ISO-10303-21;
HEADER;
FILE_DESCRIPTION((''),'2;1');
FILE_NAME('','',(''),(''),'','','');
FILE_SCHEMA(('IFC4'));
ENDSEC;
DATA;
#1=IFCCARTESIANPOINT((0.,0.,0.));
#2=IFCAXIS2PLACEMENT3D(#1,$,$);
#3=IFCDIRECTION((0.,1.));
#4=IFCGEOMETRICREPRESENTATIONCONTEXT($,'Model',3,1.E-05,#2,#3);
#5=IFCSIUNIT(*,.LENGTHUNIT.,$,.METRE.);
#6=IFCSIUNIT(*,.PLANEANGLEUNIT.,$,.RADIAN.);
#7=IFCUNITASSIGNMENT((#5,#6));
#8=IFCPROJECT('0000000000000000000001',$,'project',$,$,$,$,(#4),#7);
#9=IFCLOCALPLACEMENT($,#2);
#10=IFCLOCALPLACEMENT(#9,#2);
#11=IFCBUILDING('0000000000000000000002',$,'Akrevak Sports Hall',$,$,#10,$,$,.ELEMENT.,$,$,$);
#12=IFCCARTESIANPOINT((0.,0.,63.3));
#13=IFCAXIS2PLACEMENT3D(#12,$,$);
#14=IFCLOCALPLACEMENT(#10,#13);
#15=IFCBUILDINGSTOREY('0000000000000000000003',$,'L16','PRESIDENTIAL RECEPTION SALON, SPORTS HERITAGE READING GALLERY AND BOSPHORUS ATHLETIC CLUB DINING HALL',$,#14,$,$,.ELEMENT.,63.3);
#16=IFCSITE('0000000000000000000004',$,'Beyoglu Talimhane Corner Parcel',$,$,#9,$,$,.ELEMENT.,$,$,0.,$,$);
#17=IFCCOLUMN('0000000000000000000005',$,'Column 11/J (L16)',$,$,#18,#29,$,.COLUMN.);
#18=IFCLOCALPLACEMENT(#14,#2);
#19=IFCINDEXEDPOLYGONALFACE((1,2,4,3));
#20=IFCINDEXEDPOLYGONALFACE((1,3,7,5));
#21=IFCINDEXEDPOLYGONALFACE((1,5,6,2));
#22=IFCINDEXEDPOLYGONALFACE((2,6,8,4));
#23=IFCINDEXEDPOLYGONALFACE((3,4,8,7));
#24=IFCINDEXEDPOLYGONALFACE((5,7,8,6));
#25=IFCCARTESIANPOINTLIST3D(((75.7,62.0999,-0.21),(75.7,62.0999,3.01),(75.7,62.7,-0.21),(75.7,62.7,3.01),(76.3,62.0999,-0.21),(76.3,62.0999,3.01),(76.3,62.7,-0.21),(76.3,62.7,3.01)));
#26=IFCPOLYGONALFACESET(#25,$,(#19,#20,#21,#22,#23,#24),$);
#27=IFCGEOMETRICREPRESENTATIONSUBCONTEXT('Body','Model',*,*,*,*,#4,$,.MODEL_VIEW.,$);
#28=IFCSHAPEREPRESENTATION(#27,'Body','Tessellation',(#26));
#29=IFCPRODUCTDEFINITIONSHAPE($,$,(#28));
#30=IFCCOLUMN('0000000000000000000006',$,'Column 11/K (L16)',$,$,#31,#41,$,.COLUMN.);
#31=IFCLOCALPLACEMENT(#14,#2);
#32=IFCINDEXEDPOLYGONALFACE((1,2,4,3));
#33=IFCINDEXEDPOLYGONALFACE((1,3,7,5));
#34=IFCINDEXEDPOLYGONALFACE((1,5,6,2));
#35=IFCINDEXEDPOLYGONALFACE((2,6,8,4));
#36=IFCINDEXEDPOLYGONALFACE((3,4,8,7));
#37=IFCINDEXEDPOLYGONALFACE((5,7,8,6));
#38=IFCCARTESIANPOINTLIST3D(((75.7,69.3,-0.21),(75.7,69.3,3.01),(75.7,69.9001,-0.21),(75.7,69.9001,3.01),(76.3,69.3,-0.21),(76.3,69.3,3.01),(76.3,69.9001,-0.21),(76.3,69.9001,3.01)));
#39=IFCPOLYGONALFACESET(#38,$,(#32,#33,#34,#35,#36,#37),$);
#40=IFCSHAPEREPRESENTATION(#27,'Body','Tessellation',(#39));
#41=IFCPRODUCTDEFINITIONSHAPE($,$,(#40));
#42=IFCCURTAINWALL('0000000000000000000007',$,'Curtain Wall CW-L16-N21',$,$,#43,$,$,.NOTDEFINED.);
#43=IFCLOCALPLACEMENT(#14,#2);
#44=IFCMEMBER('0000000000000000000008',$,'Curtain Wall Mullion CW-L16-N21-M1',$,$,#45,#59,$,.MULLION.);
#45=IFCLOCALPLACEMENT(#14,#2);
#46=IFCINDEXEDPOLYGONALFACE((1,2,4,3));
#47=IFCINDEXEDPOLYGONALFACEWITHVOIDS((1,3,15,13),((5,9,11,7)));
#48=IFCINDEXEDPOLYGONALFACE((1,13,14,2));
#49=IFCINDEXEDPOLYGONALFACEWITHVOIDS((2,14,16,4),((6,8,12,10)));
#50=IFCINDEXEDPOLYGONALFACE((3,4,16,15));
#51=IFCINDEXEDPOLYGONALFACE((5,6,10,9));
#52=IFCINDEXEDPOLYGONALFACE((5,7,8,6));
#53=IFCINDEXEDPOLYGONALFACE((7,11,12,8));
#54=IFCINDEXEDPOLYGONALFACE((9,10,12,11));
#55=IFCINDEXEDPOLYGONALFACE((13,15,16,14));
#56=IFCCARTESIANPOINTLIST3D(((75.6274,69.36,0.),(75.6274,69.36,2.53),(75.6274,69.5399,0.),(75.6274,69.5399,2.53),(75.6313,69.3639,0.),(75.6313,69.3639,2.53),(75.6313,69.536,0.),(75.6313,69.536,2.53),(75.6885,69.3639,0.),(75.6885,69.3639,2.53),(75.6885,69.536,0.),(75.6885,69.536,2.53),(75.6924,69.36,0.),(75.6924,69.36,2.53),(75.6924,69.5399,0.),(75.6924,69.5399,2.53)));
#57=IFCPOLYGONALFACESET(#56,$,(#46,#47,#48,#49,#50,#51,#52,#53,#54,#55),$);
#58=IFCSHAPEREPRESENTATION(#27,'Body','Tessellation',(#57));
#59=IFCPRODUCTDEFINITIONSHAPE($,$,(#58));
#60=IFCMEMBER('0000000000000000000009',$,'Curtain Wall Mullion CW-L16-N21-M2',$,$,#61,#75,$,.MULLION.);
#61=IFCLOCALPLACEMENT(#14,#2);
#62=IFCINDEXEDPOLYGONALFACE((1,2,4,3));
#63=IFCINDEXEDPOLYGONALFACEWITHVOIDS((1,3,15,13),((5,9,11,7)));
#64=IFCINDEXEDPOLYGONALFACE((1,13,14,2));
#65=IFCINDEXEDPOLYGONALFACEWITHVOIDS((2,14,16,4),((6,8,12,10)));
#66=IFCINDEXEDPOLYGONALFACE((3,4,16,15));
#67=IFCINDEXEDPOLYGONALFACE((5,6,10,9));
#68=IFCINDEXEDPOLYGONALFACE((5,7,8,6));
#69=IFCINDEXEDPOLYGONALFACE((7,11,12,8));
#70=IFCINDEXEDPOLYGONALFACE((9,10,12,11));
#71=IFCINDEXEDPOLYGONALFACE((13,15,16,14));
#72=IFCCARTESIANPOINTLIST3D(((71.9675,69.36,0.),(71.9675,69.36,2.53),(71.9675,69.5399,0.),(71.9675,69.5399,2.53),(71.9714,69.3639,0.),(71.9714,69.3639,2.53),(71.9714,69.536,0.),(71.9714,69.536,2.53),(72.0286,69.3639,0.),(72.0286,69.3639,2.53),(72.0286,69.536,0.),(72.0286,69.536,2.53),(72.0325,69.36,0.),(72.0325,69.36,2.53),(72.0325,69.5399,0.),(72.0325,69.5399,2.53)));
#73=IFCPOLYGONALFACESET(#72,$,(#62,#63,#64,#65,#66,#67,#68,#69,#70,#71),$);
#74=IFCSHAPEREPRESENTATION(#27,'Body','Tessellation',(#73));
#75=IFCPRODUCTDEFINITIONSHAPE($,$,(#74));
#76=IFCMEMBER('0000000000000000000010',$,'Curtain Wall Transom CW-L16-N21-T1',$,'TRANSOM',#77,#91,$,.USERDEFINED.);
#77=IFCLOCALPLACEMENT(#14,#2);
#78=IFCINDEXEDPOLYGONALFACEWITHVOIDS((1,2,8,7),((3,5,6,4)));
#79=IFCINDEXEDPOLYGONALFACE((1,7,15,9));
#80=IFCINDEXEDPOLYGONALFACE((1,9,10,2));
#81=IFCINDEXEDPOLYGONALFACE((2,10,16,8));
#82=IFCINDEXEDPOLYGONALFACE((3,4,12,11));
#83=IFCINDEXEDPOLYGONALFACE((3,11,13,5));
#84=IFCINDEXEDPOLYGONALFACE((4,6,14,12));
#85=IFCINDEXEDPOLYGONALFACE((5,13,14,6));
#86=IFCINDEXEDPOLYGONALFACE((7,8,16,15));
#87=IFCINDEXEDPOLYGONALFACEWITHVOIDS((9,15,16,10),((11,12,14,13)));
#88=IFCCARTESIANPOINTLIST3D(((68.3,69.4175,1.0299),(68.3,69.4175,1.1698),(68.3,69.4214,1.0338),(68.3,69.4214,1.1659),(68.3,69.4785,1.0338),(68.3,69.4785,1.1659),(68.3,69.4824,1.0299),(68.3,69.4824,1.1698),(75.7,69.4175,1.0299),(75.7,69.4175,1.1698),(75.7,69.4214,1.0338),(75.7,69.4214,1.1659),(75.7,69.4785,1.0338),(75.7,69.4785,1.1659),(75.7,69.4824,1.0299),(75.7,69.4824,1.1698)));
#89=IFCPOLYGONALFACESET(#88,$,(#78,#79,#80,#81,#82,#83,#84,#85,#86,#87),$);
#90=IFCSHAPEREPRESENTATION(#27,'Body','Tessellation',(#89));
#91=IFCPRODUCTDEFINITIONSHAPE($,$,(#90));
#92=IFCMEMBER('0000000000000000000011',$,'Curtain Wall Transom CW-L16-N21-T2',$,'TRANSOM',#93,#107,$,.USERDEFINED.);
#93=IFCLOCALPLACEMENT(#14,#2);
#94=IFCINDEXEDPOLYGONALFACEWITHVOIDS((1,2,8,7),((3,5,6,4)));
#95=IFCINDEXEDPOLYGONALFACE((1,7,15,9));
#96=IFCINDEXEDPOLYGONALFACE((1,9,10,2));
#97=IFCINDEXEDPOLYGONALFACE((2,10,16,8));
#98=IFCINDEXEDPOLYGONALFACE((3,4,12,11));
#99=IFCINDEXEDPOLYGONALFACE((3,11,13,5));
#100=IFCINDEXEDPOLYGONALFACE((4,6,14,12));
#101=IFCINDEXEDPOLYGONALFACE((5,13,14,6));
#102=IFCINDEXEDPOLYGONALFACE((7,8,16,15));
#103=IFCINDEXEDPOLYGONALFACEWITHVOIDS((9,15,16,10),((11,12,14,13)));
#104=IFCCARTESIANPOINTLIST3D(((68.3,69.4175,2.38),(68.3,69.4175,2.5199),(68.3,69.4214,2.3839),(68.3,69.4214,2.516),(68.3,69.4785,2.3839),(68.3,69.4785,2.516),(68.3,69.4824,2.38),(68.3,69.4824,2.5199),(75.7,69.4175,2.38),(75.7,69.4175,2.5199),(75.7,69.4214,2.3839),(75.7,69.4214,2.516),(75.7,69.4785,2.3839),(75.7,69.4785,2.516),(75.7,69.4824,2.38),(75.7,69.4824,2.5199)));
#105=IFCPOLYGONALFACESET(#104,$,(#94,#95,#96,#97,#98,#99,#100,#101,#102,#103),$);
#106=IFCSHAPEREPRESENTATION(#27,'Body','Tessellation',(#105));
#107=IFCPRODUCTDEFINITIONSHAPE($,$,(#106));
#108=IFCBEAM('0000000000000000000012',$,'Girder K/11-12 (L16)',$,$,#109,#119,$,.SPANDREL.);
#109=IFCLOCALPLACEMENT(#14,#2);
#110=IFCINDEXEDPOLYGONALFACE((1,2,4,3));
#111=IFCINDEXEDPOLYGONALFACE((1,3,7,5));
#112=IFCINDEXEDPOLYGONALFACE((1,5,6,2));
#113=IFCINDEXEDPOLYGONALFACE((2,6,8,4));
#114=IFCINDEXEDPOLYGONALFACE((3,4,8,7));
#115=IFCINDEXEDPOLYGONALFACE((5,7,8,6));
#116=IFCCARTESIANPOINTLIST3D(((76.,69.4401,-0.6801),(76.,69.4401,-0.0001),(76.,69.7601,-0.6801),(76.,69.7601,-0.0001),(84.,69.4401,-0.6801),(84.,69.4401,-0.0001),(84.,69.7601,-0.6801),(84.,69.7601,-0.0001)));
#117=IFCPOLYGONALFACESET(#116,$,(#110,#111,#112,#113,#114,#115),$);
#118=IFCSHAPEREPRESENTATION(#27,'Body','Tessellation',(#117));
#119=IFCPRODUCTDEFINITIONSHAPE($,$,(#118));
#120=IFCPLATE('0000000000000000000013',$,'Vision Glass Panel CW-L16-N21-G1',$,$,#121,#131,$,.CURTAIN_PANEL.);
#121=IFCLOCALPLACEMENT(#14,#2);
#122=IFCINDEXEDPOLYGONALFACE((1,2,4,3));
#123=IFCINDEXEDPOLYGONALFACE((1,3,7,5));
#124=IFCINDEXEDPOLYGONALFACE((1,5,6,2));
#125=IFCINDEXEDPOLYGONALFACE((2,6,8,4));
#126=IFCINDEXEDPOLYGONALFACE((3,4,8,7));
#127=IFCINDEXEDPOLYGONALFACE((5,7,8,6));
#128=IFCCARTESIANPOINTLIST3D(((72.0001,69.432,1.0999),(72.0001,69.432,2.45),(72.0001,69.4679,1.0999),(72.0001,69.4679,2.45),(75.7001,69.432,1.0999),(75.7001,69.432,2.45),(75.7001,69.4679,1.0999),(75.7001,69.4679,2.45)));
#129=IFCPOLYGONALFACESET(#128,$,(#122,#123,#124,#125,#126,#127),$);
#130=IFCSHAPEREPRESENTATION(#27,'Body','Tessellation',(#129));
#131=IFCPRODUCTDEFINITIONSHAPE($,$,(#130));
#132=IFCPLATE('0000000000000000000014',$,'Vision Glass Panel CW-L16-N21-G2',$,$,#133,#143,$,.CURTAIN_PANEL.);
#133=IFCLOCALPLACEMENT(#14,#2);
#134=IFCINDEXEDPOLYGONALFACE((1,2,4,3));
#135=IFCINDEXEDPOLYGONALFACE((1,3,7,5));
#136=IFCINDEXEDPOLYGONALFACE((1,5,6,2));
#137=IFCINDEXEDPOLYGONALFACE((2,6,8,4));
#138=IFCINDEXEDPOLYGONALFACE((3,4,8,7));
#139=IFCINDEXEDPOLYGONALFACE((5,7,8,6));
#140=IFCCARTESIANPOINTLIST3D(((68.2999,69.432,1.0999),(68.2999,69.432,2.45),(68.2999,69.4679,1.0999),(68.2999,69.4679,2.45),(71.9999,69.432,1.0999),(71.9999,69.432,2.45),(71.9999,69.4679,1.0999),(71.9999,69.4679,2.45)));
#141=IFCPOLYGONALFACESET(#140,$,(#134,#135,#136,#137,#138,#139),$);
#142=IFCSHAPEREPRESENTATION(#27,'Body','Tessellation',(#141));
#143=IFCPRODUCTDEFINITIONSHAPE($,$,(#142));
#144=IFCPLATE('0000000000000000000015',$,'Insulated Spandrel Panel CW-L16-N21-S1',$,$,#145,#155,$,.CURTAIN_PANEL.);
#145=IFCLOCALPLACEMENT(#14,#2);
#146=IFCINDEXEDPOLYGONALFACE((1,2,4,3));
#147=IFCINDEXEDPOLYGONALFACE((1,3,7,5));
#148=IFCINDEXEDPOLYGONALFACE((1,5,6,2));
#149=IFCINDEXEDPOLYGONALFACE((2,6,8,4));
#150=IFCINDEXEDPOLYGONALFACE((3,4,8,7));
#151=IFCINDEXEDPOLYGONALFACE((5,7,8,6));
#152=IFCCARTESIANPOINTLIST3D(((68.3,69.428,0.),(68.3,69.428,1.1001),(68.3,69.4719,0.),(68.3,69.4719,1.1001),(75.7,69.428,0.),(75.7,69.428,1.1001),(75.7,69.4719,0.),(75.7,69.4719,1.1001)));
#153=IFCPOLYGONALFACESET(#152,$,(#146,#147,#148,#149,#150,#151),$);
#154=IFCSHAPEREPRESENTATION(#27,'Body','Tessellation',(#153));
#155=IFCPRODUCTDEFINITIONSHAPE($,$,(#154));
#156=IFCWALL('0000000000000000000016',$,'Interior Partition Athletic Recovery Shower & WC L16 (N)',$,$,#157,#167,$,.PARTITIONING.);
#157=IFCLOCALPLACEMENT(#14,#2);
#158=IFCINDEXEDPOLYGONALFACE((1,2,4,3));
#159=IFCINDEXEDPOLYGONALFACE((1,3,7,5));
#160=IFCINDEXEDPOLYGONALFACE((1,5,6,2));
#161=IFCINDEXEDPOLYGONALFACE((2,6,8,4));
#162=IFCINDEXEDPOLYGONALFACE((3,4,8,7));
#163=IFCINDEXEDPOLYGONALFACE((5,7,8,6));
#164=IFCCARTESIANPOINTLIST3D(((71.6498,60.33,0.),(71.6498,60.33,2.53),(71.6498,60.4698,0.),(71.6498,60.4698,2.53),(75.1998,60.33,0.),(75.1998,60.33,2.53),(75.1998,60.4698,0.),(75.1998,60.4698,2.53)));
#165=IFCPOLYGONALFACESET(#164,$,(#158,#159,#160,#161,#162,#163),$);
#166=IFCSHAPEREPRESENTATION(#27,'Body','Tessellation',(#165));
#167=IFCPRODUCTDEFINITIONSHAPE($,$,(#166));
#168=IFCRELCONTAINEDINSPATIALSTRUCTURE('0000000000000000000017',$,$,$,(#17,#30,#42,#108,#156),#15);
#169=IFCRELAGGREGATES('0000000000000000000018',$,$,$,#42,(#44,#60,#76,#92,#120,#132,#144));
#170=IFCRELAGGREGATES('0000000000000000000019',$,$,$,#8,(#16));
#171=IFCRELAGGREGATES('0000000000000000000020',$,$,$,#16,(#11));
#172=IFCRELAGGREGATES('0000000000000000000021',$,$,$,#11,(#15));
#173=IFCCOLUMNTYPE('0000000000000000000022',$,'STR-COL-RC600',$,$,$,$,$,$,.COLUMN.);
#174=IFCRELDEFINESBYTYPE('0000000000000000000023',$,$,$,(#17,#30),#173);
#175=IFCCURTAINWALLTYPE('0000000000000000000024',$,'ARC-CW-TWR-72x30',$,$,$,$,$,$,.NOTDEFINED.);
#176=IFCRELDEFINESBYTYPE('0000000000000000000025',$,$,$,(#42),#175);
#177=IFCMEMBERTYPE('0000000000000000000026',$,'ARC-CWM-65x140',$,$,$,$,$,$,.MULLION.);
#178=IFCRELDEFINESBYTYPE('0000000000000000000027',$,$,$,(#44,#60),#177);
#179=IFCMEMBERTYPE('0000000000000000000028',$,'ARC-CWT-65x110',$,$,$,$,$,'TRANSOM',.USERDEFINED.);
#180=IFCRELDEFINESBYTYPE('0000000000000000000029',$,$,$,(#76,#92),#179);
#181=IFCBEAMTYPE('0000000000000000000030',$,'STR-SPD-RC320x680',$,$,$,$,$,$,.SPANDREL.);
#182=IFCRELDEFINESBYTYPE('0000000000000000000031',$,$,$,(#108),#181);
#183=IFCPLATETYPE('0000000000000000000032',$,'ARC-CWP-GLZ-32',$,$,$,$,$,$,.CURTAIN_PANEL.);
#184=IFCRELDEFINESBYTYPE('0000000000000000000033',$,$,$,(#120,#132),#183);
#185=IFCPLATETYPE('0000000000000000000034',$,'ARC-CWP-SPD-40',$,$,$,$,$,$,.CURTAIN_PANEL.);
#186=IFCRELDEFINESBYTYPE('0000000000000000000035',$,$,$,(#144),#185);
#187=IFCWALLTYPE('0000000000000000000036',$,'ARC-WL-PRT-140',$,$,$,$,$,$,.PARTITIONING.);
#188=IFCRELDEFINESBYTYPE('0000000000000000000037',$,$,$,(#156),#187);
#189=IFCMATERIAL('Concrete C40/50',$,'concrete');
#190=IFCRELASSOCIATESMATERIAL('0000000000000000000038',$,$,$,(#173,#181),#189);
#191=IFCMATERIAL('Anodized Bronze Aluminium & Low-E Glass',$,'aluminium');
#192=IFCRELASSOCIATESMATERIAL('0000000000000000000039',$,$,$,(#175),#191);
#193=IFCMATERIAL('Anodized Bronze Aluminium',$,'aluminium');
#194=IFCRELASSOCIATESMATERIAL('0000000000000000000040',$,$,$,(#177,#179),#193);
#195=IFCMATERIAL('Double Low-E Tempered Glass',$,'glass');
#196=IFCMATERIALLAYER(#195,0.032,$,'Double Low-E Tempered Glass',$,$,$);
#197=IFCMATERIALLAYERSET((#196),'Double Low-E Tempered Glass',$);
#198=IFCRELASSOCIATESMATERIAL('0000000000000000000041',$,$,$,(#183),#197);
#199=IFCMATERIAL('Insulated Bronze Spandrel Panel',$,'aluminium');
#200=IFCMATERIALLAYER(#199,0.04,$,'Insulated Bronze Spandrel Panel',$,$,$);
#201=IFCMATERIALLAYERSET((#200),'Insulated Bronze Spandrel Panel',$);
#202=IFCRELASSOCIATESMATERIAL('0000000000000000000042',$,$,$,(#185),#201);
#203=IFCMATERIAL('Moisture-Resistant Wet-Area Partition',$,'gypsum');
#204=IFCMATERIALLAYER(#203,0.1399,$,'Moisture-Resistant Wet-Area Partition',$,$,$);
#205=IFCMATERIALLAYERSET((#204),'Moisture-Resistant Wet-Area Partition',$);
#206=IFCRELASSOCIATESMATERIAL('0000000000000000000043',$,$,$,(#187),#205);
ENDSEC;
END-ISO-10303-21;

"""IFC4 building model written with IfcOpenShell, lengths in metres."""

from ifc_helpers import new_model, si_unit, direction, frame, frame_2d, origin, origin_2d, place, context, subcontext, project, spatial, rectangle, hollow_rectangle, extrude, material, layer, layer_set, material_profile, profile_set, type_object, element, aggregate, save


model = new_model("IFC4")

# Units and contexts
model_context = context("Model", 3, precision=1e-05, world=origin(), true_north=direction((0.0, 1.0)))
body_context = subcontext(model_context, "Body", "Model", "MODEL_VIEW")
ifc_project = project(units=[si_unit("LENGTHUNIT", "METRE"), si_unit("PLANEANGLEUNIT", "RADIAN")], contexts=[model_context])

# Site, building, storey
site_placement = place(None, origin())
site = spatial("IfcSite", under=ifc_project, at=site_placement, Name="Beyoglu Talimhane Corner Parcel", CompositionType="ELEMENT", RefElevation=0.0)
building_placement = place(site_placement, origin())
building = spatial("IfcBuilding", under=site, at=building_placement, Name="Akrevak Sports Hall", CompositionType="ELEMENT")
storey_placement = place(building_placement, frame((0.0, 0.0, 63.3)))
storey = spatial("IfcBuildingStorey", under=building, at=storey_placement, Name="L16", Description="PRESIDENTIAL RECEPTION SALON, SPORTS HERITAGE READING GALLERY AND BOSPHORUS ATHLETIC CLUB DINING HALL", CompositionType="ELEMENT", Elevation=63.3)

# Columns
ifc_material_1 = material(Name="Concrete C40/50", Category="concrete")
ifc_material_profile_1 = material_profile(ifc_material_1, rectangle(XDim=0.6001, YDim=0.6001, at=origin_2d()), Name="RC 600x600", Category="concrete")
ifc_profile_set_1 = profile_set([ifc_material_profile_1], Name="Concrete C40/50")
column_type = type_object("IfcColumnType", Name="STR-COL-RC600", PredefinedType="COLUMN", material=ifc_profile_set_1)
for number, where, z_axis, x_axis, name in (
    (1, (76.0, 62.3999, -0.21), (0.0, 0.0, 1.0), (1.0, 0.0, 0.0), "Column 11/J (L16)"),
    (2, (76.0, 69.6001, -0.21), (0.0, 0.0, 1.0), (1.0, 0.0, 0.0), "Column 11/K (L16)"),
):
    element("IfcColumn", number, at=place(storey_placement, frame(where, z_axis=z_axis, x_axis=x_axis)), inside=storey, type_object=column_type, Name=name, PredefinedType="COLUMN", context=body_context, shape_type="SweptSolid", body=[
        extrude(rectangle(XDim=0.6001, YDim=0.6001, at=origin_2d()), origin(), (0.0, 0.0, 1.0), 3.22),
    ])

# Curtain wall, members
ifc_material_2 = material(Name="Anodized Bronze Aluminium & Low-E Glass", Category="aluminium")
curtain_wall_type = type_object("IfcCurtainWallType", Name="ARC-CW-TWR-72x30", PredefinedType="NOTDEFINED", material=ifc_material_2)
curtain_wall_placement = place(storey_placement, origin())
curtain_wall = element("IfcCurtainWall", 3, at=curtain_wall_placement, inside=storey, type_object=curtain_wall_type, Name="Curtain Wall CW-L16-N21", PredefinedType="NOTDEFINED")
ifc_material_3 = material(Name="Anodized Bronze Aluminium", Category="aluminium")
ifc_material_profile_2 = material_profile(ifc_material_3, hollow_rectangle(XDim=0.0649, YDim=0.1799, WallThickness=0.0039, at=origin_2d()), Name="CWM 65x180", Category="aluminium")
ifc_profile_set_2 = profile_set([ifc_material_profile_2], Name="Anodized Bronze Aluminium")
member_type_1 = type_object("IfcMemberType", Name="ARC-CWM-65x140", PredefinedType="MULLION", material=ifc_profile_set_2)
member_1_placement = place(storey_placement, frame((75.6599, 69.45, 0.0), z_axis=(0.0, 0.0, 1.0), x_axis=(-1.0, 0.0, 0.0)))
member_1 = element("IfcMember", 4, at=member_1_placement, type_object=member_type_1, Name="Curtain Wall Mullion CW-L16-N21-M1", PredefinedType="MULLION", context=body_context, shape_type="SweptSolid", body=[
    extrude(hollow_rectangle(XDim=0.0649, YDim=0.1799, WallThickness=0.0039, at=origin_2d()), origin(), (0.0, 0.0, 1.0), 2.53),
])
member_2_placement = place(storey_placement, frame((72.0, 69.45, 0.0), z_axis=(0.0, 0.0, 1.0), x_axis=(-1.0, 0.0, 0.0)))
member_2 = element("IfcMember", 5, at=member_2_placement, type_object=member_type_1, Name="Curtain Wall Mullion CW-L16-N21-M2", PredefinedType="MULLION", context=body_context, shape_type="SweptSolid", body=[
    extrude(hollow_rectangle(XDim=0.0649, YDim=0.1799, WallThickness=0.0039, at=origin_2d()), origin(), (0.0, 0.0, 1.0), 2.53),
])
ifc_material_profile_3 = material_profile(ifc_material_3, hollow_rectangle(XDim=0.0649, YDim=0.1399, WallThickness=0.0039, at=origin_2d()), Name="CWT 65x140", Category="aluminium")
ifc_profile_set_3 = profile_set([ifc_material_profile_3], Name="Anodized Bronze Aluminium")
member_type_2 = type_object("IfcMemberType", Name="ARC-CWT-65x110", ElementType="TRANSOM", PredefinedType="USERDEFINED", material=ifc_profile_set_3)
member_3_placement = place(storey_placement, frame((75.7, 69.45, 1.0999), z_axis=(-1.0, 0.0, 0.0), x_axis=(0.0, -1.0, 0.0)))
member_3 = element("IfcMember", 6, at=member_3_placement, type_object=member_type_2, Name="Curtain Wall Transom CW-L16-N21-T1", ObjectType="TRANSOM", PredefinedType="USERDEFINED", context=body_context, shape_type="SweptSolid", body=[
    extrude(hollow_rectangle(XDim=0.0649, YDim=0.1399, WallThickness=0.0039, at=origin_2d()), origin(), (0.0, 0.0, 1.0), 7.3999),
])
member_4_placement = place(storey_placement, frame((75.7, 69.45, 2.45), z_axis=(-1.0, 0.0, 0.0), x_axis=(0.0, -1.0, 0.0)))
member_4 = element("IfcMember", 7, at=member_4_placement, type_object=member_type_2, Name="Curtain Wall Transom CW-L16-N21-T2", ObjectType="TRANSOM", PredefinedType="USERDEFINED", context=body_context, shape_type="SweptSolid", body=[
    extrude(hollow_rectangle(XDim=0.0649, YDim=0.1399, WallThickness=0.0039, at=origin_2d()), origin(), (0.0, 0.0, 1.0), 7.3999),
])

# Beam
ifc_material_profile_4 = material_profile(ifc_material_1, rectangle(XDim=0.3201, YDim=0.6799, at=origin_2d()), Name="SPD 320x680", Category="concrete")
ifc_profile_set_4 = profile_set([ifc_material_profile_4], Name="Concrete C40/50")
beam_type = type_object("IfcBeamType", Name="STR-SPD-RC320x680", PredefinedType="SPANDREL", material=ifc_profile_set_4)
beam_placement = place(storey_placement, frame((76.0, 69.6001, -0.3401), z_axis=(1.0, 0.0, 0.0), x_axis=(0.0, 1.0, 0.0)))
element("IfcBeam", 8, at=beam_placement, inside=storey, type_object=beam_type, Name="Girder K/11-12 (L16)", PredefinedType="SPANDREL", context=body_context, shape_type="SweptSolid", body=[
    extrude(rectangle(XDim=0.3201, YDim=0.6799, at=origin_2d()), origin(), (0.0, 0.0, 1.0), 8.0),
])

# Plates
ifc_material_4 = material(Name="Double Low-E Tempered Glass", Category="glass")
ifc_layer_1 = layer(ifc_material_4, 0.032, Name="Double Low-E Tempered Glass")
ifc_layer_set_1 = layer_set([ifc_layer_1], Name="Double Low-E Tempered Glass")
plate_type_1 = type_object("IfcPlateType", Name="ARC-CWP-GLZ-32", PredefinedType="CURTAIN_PANEL", material=ifc_layer_set_1)
plate_1_placement = place(storey_placement, frame((73.8501, 69.45, 1.0999), z_axis=(0.0, 0.0, 1.0), x_axis=(-1.0, 0.0, 0.0)))
plate_1 = element("IfcPlate", 9, at=plate_1_placement, type_object=plate_type_1, Name="Vision Glass Panel CW-L16-N21-G1", PredefinedType="CURTAIN_PANEL", context=body_context, shape_type="SweptSolid", body=[
    extrude(rectangle(XDim=3.7, YDim=0.0359, at=origin_2d()), origin(), (0.0, 0.0, 1.0), 1.3501),
])
plate_2_placement = place(storey_placement, frame((70.1499, 69.45, 1.0999), z_axis=(0.0, 0.0, 1.0), x_axis=(-1.0, 0.0, 0.0)))
plate_2 = element("IfcPlate", 10, at=plate_2_placement, type_object=plate_type_1, Name="Vision Glass Panel CW-L16-N21-G2", PredefinedType="CURTAIN_PANEL", context=body_context, shape_type="SweptSolid", body=[
    extrude(rectangle(XDim=3.7, YDim=0.0359, at=origin_2d()), origin(), (0.0, 0.0, 1.0), 1.3501),
])
ifc_material_5 = material(Name="Insulated Bronze Spandrel Panel", Category="aluminium")
ifc_layer_2 = layer(ifc_material_5, 0.04, Name="Insulated Bronze Spandrel Panel")
ifc_layer_set_2 = layer_set([ifc_layer_2], Name="Insulated Bronze Spandrel Panel")
plate_type_2 = type_object("IfcPlateType", Name="ARC-CWP-SPD-40", PredefinedType="CURTAIN_PANEL", material=ifc_layer_set_2)
plate_3_placement = place(storey_placement, frame((72.0, 69.45, 0.0), z_axis=(0.0, 0.0, 1.0), x_axis=(-1.0, 0.0, 0.0)))
plate_3 = element("IfcPlate", 11, at=plate_3_placement, type_object=plate_type_2, Name="Insulated Spandrel Panel CW-L16-N21-S1", PredefinedType="CURTAIN_PANEL", context=body_context, shape_type="SweptSolid", body=[
    extrude(rectangle(XDim=7.3999, YDim=0.0439, at=origin_2d()), origin(), (0.0, 0.0, 1.0), 1.1001),
])
aggregate(curtain_wall, [member_1, member_2, member_3, member_4, plate_1, plate_2, plate_3])

# Wall
ifc_material_6 = material(Name="Moisture-Resistant Wet-Area Partition", Category="gypsum")
ifc_layer_3 = layer(ifc_material_6, 0.1399, Name="Moisture-Resistant Wet-Area Partition")
ifc_layer_set_3 = layer_set([ifc_layer_3], Name="Moisture-Resistant Wet-Area Partition")
wall_type_1 = type_object("IfcWallType", Name="ARC-WL-PRT-140", PredefinedType="PARTITIONING", material=ifc_layer_set_3)
wall_1_placement = place(storey_placement, frame((71.6499, 60.3999, 0.0), z_axis=(0.0, 0.0, 1.0), x_axis=(1.0, 0.0, 0.0)))
element("IfcWall", 12, at=wall_1_placement, inside=storey, type_object=wall_type_1, Name="Interior Partition Athletic Recovery Shower & WC L16 (N)", PredefinedType="PARTITIONING", context=body_context, shape_type="SweptSolid", body=[
    extrude(rectangle(XDim=3.55, YDim=0.1399, at=frame_2d((1.7749, 0.0))), origin(), (0.0, 0.0, 1.0), 2.53),
])

save(model, "model.ifc")
